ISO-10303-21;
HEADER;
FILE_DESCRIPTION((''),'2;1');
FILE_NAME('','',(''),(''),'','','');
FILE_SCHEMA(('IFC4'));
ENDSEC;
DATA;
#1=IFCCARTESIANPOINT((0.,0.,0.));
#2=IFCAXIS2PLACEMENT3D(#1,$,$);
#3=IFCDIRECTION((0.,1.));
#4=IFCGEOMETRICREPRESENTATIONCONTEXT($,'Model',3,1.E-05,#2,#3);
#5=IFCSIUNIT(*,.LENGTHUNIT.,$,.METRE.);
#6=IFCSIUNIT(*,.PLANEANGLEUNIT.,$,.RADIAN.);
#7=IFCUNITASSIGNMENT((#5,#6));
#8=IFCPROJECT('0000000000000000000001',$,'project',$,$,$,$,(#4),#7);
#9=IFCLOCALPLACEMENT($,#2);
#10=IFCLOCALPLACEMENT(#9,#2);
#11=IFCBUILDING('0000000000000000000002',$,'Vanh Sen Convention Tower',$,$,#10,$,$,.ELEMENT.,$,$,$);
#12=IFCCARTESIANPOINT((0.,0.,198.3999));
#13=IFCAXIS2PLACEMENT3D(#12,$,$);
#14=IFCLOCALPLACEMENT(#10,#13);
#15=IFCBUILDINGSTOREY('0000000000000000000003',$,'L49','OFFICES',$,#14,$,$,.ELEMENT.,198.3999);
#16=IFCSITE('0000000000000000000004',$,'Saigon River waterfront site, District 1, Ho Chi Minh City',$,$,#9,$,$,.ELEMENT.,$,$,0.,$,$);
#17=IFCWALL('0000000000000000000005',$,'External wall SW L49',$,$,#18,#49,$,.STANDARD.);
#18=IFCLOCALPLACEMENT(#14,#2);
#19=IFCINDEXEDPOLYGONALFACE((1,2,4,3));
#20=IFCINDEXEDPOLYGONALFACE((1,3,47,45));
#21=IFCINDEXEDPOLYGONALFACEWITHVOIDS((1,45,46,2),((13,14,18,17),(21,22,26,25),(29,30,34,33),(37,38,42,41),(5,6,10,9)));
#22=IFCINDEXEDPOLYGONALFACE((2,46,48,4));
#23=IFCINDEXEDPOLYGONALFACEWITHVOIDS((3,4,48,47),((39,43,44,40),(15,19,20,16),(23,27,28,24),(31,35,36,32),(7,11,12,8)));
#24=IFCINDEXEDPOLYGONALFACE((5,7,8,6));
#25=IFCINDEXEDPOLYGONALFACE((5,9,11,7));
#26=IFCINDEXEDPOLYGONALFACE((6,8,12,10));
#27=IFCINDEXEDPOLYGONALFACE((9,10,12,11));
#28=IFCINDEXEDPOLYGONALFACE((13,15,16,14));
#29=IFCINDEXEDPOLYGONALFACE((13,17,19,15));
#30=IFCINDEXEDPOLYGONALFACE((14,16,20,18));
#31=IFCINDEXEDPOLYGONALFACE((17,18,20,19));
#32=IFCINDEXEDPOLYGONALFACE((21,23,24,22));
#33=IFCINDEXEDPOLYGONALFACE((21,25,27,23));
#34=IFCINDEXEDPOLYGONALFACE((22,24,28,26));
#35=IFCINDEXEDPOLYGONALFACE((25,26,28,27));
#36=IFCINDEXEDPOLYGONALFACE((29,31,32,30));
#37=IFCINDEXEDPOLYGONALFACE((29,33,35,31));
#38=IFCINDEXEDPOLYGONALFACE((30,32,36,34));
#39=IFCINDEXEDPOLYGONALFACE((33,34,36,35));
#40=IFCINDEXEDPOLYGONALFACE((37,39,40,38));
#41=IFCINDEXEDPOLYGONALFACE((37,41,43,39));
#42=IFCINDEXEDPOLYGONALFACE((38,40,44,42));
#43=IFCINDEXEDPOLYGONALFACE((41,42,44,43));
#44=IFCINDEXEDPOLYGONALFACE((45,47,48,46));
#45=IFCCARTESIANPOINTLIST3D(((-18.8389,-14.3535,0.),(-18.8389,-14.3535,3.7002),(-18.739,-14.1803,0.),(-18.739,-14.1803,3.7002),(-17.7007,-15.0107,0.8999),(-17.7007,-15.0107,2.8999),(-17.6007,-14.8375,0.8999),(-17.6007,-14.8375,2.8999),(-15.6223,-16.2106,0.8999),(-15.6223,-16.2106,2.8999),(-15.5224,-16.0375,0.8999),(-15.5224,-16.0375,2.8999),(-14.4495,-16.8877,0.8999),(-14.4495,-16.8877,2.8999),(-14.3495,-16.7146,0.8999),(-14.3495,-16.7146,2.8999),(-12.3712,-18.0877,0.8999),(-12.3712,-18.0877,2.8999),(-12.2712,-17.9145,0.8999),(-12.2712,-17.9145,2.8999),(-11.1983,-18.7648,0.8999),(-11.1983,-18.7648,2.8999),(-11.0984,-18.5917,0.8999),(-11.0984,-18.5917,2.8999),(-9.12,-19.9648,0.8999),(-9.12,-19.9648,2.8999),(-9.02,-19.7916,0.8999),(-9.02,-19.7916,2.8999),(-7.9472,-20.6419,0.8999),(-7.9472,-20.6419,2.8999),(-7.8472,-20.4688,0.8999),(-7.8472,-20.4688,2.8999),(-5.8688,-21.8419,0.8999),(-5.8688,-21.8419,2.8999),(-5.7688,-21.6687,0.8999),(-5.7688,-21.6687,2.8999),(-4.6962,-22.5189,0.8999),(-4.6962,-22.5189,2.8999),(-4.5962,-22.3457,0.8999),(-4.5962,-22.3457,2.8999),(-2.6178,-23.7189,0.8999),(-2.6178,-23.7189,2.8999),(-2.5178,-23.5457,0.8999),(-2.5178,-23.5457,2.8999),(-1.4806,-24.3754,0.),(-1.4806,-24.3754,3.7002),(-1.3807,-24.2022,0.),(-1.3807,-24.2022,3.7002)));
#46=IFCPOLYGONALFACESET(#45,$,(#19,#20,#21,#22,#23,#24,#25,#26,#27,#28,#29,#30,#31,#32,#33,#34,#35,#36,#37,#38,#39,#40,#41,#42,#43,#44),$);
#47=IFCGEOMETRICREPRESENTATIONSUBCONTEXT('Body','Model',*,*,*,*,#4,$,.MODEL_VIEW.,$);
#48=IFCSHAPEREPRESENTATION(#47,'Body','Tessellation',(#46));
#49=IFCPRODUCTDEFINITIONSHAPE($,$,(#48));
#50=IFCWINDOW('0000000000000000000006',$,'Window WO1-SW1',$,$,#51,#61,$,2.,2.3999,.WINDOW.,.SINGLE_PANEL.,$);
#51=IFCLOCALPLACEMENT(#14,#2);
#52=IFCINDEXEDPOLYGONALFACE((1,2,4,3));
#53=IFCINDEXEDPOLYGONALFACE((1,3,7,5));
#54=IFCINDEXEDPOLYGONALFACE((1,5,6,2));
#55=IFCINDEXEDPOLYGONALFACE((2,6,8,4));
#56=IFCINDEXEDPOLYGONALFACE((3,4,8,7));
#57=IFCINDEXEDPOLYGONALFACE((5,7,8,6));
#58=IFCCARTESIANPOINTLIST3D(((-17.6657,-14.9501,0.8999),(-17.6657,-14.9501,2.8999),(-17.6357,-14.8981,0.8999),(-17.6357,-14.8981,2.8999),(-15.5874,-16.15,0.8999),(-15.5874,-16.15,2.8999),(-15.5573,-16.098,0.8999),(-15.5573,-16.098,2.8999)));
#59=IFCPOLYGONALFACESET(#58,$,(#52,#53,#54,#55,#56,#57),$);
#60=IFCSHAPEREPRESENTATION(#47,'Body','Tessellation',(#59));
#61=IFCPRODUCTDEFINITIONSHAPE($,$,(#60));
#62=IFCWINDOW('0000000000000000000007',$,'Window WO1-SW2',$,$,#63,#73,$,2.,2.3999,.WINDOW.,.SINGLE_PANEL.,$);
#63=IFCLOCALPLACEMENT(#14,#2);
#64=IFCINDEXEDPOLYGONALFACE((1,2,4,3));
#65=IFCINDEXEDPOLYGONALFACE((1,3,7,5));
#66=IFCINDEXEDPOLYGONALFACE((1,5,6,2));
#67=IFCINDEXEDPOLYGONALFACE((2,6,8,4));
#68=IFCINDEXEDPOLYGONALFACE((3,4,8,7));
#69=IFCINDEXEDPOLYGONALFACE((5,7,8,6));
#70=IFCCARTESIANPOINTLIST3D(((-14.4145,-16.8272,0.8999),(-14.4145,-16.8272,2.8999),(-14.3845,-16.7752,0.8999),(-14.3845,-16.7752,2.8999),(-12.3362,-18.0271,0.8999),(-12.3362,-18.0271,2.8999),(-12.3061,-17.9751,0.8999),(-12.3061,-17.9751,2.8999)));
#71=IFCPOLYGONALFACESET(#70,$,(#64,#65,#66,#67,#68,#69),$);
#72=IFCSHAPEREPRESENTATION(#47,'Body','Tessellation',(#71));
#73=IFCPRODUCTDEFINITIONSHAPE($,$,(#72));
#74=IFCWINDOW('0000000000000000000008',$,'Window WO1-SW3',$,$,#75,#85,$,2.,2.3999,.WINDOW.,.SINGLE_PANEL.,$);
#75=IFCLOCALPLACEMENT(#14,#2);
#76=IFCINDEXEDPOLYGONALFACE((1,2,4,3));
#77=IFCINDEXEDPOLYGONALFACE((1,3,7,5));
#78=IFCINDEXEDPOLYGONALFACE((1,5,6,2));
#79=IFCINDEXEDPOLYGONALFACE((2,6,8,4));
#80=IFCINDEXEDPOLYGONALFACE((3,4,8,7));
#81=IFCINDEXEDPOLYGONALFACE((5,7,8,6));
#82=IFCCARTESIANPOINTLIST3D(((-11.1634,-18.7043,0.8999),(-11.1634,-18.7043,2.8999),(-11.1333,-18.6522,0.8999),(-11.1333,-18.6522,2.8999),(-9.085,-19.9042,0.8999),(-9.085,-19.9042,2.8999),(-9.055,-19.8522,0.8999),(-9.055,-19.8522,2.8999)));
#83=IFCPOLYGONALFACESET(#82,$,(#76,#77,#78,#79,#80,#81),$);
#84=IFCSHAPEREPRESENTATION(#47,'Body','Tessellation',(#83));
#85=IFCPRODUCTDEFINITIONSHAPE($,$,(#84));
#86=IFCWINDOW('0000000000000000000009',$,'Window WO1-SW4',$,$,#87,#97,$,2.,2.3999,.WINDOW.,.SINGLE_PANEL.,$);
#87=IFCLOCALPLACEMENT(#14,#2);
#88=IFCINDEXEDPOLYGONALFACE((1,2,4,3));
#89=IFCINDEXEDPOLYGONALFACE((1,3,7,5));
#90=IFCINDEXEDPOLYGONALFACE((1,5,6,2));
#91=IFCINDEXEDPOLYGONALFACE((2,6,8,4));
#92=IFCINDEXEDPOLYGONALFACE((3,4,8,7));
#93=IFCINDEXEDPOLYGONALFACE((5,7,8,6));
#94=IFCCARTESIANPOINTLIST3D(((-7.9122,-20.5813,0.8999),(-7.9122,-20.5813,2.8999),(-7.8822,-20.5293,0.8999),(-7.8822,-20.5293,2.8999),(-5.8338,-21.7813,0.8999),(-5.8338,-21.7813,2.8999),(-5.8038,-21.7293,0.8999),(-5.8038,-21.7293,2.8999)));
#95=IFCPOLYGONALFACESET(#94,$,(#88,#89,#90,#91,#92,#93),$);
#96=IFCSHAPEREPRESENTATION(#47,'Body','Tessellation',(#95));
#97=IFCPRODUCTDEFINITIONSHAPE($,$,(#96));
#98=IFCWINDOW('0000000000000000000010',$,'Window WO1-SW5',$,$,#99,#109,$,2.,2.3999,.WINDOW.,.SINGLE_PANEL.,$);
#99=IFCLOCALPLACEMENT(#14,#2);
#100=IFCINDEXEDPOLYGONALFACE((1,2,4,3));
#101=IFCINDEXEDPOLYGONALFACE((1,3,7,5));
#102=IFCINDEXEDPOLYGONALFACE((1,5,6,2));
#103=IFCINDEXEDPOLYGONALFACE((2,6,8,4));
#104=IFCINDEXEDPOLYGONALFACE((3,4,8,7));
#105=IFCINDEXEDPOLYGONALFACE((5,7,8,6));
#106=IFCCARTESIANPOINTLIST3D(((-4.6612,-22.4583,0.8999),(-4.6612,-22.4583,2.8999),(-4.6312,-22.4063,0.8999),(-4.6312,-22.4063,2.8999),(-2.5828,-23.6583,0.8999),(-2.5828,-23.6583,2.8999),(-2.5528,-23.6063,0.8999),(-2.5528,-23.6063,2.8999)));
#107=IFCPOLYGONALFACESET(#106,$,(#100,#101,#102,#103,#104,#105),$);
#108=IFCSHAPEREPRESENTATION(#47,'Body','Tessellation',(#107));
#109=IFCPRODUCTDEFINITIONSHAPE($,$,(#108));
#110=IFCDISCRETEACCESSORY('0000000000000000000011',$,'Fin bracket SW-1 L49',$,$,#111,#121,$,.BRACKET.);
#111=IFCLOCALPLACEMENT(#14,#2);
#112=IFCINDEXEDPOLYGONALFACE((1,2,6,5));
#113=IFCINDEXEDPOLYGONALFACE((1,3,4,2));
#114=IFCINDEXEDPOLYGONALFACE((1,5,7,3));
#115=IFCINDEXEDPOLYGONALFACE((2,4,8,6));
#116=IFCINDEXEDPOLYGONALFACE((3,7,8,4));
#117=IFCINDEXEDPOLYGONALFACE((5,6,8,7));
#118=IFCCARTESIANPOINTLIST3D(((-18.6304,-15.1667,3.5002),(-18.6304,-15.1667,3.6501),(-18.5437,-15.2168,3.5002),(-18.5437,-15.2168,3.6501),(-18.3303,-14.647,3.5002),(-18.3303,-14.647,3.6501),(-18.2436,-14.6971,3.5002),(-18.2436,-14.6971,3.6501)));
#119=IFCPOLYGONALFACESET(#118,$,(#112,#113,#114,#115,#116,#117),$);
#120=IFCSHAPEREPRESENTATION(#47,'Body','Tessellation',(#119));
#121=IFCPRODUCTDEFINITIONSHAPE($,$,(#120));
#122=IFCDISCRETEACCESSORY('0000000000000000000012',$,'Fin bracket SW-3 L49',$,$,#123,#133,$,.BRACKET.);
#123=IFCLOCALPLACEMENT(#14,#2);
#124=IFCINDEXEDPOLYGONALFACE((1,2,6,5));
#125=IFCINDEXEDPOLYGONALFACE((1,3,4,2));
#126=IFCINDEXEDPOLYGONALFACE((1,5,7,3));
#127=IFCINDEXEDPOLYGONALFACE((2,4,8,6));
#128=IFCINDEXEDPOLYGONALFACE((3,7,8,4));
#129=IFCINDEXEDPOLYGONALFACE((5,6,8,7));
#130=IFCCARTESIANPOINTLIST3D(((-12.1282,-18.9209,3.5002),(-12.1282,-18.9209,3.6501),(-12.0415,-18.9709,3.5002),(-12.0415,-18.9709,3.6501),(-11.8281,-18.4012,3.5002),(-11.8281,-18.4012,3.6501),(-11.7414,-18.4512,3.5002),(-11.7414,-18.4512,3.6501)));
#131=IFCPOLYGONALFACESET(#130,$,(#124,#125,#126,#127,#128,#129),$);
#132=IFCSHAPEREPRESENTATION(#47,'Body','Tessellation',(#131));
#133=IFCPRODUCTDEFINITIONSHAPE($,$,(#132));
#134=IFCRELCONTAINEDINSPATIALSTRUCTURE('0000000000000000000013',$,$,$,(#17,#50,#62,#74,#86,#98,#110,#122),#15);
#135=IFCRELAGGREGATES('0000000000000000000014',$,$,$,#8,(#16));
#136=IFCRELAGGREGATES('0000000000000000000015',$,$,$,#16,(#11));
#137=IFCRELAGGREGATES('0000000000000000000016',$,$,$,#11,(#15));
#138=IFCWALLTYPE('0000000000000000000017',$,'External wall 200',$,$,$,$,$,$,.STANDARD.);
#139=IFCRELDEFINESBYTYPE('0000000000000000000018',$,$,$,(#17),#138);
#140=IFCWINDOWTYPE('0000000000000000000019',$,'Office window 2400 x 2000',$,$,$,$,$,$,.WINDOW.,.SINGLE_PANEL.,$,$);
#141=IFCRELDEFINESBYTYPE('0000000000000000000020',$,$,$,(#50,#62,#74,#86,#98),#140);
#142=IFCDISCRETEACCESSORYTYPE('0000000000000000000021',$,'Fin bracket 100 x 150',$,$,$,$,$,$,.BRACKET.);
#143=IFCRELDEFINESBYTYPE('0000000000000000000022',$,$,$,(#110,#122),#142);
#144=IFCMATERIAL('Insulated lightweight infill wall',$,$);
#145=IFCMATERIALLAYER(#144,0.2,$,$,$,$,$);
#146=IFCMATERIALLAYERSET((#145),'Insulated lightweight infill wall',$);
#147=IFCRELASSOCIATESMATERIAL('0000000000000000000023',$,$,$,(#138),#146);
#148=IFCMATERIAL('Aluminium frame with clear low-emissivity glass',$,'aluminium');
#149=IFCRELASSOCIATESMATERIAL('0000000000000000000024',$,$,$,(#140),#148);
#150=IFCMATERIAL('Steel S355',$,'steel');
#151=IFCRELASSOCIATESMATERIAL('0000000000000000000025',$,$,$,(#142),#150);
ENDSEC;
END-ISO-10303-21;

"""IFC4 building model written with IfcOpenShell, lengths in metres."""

from ifc_helpers import new_model, si_unit, direction, frame, frame_2d, origin, origin_2d, place, context, subcontext, project, spatial, rectangle, extrude, material, layer, layer_set, type_object, element, fill, save


model = new_model("IFC4")

# Units and contexts
model_context = context("Model", 3, precision=1e-05, world=origin(), true_north=direction((0.0, 1.0)))
body_context = subcontext(model_context, "Body", "Model", "MODEL_VIEW")
ifc_project = project(units=[si_unit("LENGTHUNIT", "METRE"), si_unit("PLANEANGLEUNIT", "RADIAN")], contexts=[model_context])

# Site, building, storey
site_placement = place(None, origin())
site = spatial("IfcSite", under=ifc_project, at=site_placement, Name="Saigon River waterfront site, District 1, Ho Chi Minh City", CompositionType="ELEMENT", RefElevation=0.0)
building_placement = place(site_placement, origin())
building = spatial("IfcBuilding", under=site, at=building_placement, Name="Vanh Sen Convention Tower", CompositionType="ELEMENT")
storey_placement = place(building_placement, frame((0.0, 0.0, 198.3999)))
storey = spatial("IfcBuildingStorey", under=building, at=storey_placement, Name="L49", Description="OFFICES", CompositionType="ELEMENT", Elevation=198.3999)

# Wall, openings, windows
ifc_material_1 = material(Name="Insulated lightweight infill wall")
ifc_layer_1 = layer(ifc_material_1, 0.2)
ifc_layer_set_1 = layer_set([ifc_layer_1], Name="Insulated lightweight infill wall")
wall_type_1 = type_object("IfcWallType", Name="External wall 200", PredefinedType="STANDARD", material=ifc_layer_set_1)
wall_1_placement = place(storey_placement, frame((-18.7891, -14.2668, 0.0), z_axis=(0.0, 0.0, 1.0), x_axis=(0.866023, -0.500004, 0.0)))
wall_1 = element("IfcWall", 1, at=wall_1_placement, inside=storey, type_object=wall_type_1, Name="External wall SW L49", PredefinedType="STANDARD", context=body_context, shape_type="SweptSolid", body=[
    extrude(rectangle(XDim=20.0437, YDim=0.2, at=frame_2d((10.022, 0.0))), origin(), (0.0, 0.0, 1.0), 3.7002),
])
opening_1_placement = place(wall_1_placement, frame((1.3145, 0.0, 0.8999)))
opening_1 = element("IfcOpeningElement", 2, at=opening_1_placement, cuts=wall_1, PredefinedType="OPENING", context=body_context, shape_type="SweptSolid", body=[
    extrude(rectangle(XDim=2.3999, YDim=2.0, at=frame_2d((1.2, 1.0))), frame((0.0, 0.1099, 0.0), z_axis=(0.0, -1.0, 0.0), x_axis=(1.0, 0.0, 0.0)), (0.0, 0.0, 1.0), 0.22),
])
opening_2_placement = place(wall_1_placement, frame((5.0686, 0.0, 0.8999)))
opening_2 = element("IfcOpeningElement", 3, at=opening_2_placement, cuts=wall_1, PredefinedType="OPENING", context=body_context, shape_type="SweptSolid", body=[
    extrude(rectangle(XDim=2.3999, YDim=2.0, at=frame_2d((1.2, 1.0))), frame((0.0, 0.1099, 0.0), z_axis=(0.0, -1.0, 0.0), x_axis=(1.0, 0.0, 0.0)), (0.0, 0.0, 1.0), 0.22),
])
opening_3_placement = place(wall_1_placement, frame((8.8228, 0.0, 0.8999)))
opening_3 = element("IfcOpeningElement", 4, at=opening_3_placement, cuts=wall_1, PredefinedType="OPENING", context=body_context, shape_type="SweptSolid", body=[
    extrude(rectangle(XDim=2.3999, YDim=2.0, at=frame_2d((1.2, 1.0))), frame((0.0, 0.1099, 0.0), z_axis=(0.0, -1.0, 0.0), x_axis=(1.0, 0.0, 0.0)), (0.0, 0.0, 1.0), 0.22),
])
opening_4_placement = place(wall_1_placement, frame((12.5769, 0.0, 0.8999)))
opening_4 = element("IfcOpeningElement", 5, at=opening_4_placement, cuts=wall_1, PredefinedType="OPENING", context=body_context, shape_type="SweptSolid", body=[
    extrude(rectangle(XDim=2.3999, YDim=2.0, at=frame_2d((1.2, 1.0))), frame((0.0, 0.1099, 0.0), z_axis=(0.0, -1.0, 0.0), x_axis=(1.0, 0.0, 0.0)), (0.0, 0.0, 1.0), 0.22),
])
opening_5_placement = place(wall_1_placement, frame((16.3308, 0.0, 0.8999)))
opening_5 = element("IfcOpeningElement", 6, at=opening_5_placement, cuts=wall_1, PredefinedType="OPENING", context=body_context, shape_type="SweptSolid", body=[
    extrude(rectangle(XDim=2.3999, YDim=2.0, at=frame_2d((1.2, 1.0))), frame((0.0, 0.1099, 0.0), z_axis=(0.0, -1.0, 0.0), x_axis=(1.0, 0.0, 0.0)), (0.0, 0.0, 1.0), 0.22),
])
ifc_material_2 = material(Name="Aluminium frame with clear low-emissivity glass", Category="aluminium")
window_type = type_object("IfcWindowType", Name="Office window 2400 x 2000", PartitioningType="SINGLE_PANEL", PredefinedType="WINDOW", material=ifc_material_2)
window_1_placement = place(opening_1_placement, origin())
window_1 = element("IfcWindow", 7, at=window_1_placement, inside=storey, type_object=window_type, Name="Window WO1-SW1", OverallHeight=2.0, OverallWidth=2.3999, PartitioningType="SINGLE_PANEL", PredefinedType="WINDOW", context=body_context, shape_type="SweptSolid", body=[
    extrude(rectangle(XDim=2.3999, YDim=2.0, at=frame_2d((1.2, 1.0))), frame((0.0, 0.03, 0.0), z_axis=(0.0, -1.0, 0.0), x_axis=(1.0, 0.0, 0.0)), (0.0, 0.0, 1.0), 0.0601),
])
fill(opening_1, window_1)
window_2_placement = place(opening_2_placement, origin())
window_2 = element("IfcWindow", 8, at=window_2_placement, inside=storey, type_object=window_type, Name="Window WO1-SW2", OverallHeight=2.0, OverallWidth=2.3999, PartitioningType="SINGLE_PANEL", PredefinedType="WINDOW", context=body_context, shape_type="SweptSolid", body=[
    extrude(rectangle(XDim=2.3999, YDim=2.0, at=frame_2d((1.2, 1.0))), frame((0.0, 0.03, 0.0), z_axis=(0.0, -1.0, 0.0), x_axis=(1.0, 0.0, 0.0)), (0.0, 0.0, 1.0), 0.0601),
])
fill(opening_2, window_2)
window_3_placement = place(opening_3_placement, origin())
window_3 = element("IfcWindow", 9, at=window_3_placement, inside=storey, type_object=window_type, Name="Window WO1-SW3", OverallHeight=2.0, OverallWidth=2.3999, PartitioningType="SINGLE_PANEL", PredefinedType="WINDOW", context=body_context, shape_type="SweptSolid", body=[
    extrude(rectangle(XDim=2.3999, YDim=2.0, at=frame_2d((1.2, 1.0))), frame((0.0, 0.03, 0.0), z_axis=(0.0, -1.0, 0.0), x_axis=(1.0, 0.0, 0.0)), (0.0, 0.0, 1.0), 0.0601),
])
fill(opening_3, window_3)
window_4_placement = place(opening_4_placement, origin())
window_4 = element("IfcWindow", 10, at=window_4_placement, inside=storey, type_object=window_type, Name="Window WO1-SW4", OverallHeight=2.0, OverallWidth=2.3999, PartitioningType="SINGLE_PANEL", PredefinedType="WINDOW", context=body_context, shape_type="SweptSolid", body=[
    extrude(rectangle(XDim=2.3999, YDim=2.0, at=frame_2d((1.2, 1.0))), frame((0.0, 0.03, 0.0), z_axis=(0.0, -1.0, 0.0), x_axis=(1.0, 0.0, 0.0)), (0.0, 0.0, 1.0), 0.0601),
])
fill(opening_4, window_4)
window_5_placement = place(opening_5_placement, origin())
window_5 = element("IfcWindow", 11, at=window_5_placement, inside=storey, type_object=window_type, Name="Window WO1-SW5", OverallHeight=2.0, OverallWidth=2.3999, PartitioningType="SINGLE_PANEL", PredefinedType="WINDOW", context=body_context, shape_type="SweptSolid", body=[
    extrude(rectangle(XDim=2.3999, YDim=2.0, at=frame_2d((1.2, 1.0))), frame((0.0, 0.03, 0.0), z_axis=(0.0, -1.0, 0.0), x_axis=(1.0, 0.0, 0.0)), (0.0, 0.0, 1.0), 0.0601),
])
fill(opening_5, window_5)

# Discrete accessories
ifc_material_3 = material(Name="Steel S355", Category="steel")
discrete_accessory_type = type_object("IfcDiscreteAccessoryType", Name="Fin bracket 100 x 150", PredefinedType="BRACKET", material=ifc_material_3)
for number, where, z_axis, x_axis, name in (
    (12, (-18.437, -14.9319, 3.5002), (0.0, 0.0, 1.0), (-0.5, -0.866025, 0.0), "Fin bracket SW-1 L49"),
    (13, (-11.9348, -18.686, 3.5002), (0.0, 0.0, 1.0), (-0.5, -0.866025, 0.0), "Fin bracket SW-3 L49"),
):
    element("IfcDiscreteAccessory", number, at=place(storey_placement, frame(where, z_axis=z_axis, x_axis=x_axis)), inside=storey, type_object=discrete_accessory_type, Name=name, PredefinedType="BRACKET", context=body_context, shape_type="SweptSolid", body=[
        extrude(rectangle(XDim=0.6001, YDim=0.1001, at=origin_2d()), origin(), (0.0, 0.0, 1.0), 0.1499),
    ])

save(model, "model.ifc")
